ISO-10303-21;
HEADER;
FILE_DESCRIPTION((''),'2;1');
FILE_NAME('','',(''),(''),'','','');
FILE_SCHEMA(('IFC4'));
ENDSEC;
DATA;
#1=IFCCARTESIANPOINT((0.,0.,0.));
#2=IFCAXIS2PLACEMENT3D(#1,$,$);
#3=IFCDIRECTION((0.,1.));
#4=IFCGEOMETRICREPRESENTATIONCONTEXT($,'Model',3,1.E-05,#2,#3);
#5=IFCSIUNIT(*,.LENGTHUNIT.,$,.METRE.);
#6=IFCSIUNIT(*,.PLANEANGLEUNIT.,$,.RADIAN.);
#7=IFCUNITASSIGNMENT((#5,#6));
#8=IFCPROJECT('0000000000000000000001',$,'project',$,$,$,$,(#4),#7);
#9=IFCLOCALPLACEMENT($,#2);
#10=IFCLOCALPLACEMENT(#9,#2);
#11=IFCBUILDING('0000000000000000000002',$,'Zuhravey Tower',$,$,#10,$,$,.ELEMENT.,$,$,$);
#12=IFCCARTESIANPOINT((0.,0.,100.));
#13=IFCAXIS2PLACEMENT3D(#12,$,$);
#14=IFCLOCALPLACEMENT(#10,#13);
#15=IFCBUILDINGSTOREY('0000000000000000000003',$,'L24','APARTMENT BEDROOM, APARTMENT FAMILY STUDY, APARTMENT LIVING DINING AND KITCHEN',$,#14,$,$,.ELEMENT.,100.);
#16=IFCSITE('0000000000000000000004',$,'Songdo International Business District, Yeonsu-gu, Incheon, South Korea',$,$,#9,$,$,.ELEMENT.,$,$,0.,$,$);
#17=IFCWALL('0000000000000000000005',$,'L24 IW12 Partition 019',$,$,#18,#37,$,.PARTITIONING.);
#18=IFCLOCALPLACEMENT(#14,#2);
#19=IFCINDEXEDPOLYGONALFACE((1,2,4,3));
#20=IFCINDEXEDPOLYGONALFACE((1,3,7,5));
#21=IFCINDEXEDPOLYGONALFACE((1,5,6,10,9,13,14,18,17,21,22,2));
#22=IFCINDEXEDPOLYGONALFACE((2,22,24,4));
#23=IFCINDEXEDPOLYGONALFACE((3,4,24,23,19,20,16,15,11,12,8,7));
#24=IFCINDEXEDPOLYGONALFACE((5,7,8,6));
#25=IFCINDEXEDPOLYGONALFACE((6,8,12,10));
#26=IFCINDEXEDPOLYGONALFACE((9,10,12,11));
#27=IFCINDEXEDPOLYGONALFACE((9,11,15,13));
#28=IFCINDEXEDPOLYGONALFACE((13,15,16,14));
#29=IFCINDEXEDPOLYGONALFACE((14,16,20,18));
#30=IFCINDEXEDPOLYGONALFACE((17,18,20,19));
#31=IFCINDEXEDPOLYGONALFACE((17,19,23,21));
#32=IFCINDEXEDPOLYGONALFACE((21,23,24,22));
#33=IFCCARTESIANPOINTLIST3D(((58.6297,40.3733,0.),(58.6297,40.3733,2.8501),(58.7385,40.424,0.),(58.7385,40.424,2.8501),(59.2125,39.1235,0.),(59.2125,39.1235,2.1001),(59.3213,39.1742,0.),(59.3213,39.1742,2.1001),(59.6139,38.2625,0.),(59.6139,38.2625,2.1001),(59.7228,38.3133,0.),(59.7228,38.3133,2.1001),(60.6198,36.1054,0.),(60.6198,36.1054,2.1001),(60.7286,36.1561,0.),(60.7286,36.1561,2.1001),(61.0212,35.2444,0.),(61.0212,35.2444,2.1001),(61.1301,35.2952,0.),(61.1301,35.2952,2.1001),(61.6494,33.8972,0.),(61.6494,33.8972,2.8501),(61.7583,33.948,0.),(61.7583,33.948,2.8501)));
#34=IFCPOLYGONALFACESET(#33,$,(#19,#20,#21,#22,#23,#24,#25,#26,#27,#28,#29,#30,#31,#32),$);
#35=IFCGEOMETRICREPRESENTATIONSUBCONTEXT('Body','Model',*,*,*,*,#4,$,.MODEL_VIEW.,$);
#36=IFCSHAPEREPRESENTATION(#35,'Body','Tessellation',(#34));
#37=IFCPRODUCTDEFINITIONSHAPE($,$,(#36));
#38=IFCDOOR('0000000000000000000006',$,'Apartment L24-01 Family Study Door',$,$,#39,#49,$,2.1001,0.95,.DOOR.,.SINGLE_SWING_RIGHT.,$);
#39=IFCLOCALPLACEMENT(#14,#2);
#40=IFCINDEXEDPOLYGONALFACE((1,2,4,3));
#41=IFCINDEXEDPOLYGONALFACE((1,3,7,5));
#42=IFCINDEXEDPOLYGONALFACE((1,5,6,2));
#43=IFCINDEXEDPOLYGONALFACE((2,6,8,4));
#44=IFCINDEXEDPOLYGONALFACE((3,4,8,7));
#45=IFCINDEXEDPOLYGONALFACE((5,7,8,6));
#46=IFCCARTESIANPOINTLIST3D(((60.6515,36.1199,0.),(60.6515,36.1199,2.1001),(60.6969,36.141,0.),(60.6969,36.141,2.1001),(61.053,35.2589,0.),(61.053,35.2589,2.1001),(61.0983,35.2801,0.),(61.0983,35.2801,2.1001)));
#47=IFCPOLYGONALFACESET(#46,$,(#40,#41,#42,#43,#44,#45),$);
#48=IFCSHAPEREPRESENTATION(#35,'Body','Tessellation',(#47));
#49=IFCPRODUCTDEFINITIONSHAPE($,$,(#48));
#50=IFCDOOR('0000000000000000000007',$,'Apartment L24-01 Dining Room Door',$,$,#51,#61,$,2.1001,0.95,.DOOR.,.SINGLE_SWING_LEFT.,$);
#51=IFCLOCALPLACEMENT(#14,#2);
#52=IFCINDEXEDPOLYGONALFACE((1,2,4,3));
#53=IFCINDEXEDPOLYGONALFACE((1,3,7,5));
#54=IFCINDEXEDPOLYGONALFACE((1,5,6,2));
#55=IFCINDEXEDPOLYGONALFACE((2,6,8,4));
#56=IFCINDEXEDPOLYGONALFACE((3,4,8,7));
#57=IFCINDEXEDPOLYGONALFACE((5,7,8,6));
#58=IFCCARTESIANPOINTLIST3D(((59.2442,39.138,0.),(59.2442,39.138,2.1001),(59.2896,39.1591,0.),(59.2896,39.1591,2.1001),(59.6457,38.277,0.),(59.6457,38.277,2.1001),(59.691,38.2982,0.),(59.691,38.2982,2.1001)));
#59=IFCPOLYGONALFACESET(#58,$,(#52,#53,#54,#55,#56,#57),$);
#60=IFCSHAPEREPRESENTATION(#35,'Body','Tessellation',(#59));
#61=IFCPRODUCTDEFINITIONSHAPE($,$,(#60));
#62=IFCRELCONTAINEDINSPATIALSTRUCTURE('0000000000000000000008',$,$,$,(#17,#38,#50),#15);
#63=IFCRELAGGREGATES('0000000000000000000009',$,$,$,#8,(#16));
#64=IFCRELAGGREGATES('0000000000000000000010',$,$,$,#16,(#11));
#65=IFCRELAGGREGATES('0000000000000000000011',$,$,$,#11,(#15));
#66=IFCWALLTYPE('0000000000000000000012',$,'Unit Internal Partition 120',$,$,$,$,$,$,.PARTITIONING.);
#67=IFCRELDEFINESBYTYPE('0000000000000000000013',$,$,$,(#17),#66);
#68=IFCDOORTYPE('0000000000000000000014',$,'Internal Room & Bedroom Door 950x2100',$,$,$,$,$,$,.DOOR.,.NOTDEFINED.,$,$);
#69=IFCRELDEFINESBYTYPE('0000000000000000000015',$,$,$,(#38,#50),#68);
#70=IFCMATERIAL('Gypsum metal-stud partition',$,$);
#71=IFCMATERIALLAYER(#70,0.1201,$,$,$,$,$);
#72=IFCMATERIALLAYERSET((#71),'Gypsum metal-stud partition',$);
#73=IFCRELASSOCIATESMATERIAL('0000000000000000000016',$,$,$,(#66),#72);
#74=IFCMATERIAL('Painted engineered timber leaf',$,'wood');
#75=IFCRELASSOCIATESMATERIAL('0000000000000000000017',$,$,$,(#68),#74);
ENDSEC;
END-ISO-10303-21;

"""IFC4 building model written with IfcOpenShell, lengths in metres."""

from ifc_helpers import new_model, si_unit, direction, frame, frame_2d, origin, place, context, subcontext, project, spatial, rectangle, extrude, material, layer, layer_set, type_object, element, fill, save


model = new_model("IFC4")

# Units and contexts
model_context = context("Model", 3, precision=1e-05, world=origin(), true_north=direction((0.0, 1.0)))
body_context = subcontext(model_context, "Body", "Model", "MODEL_VIEW")
ifc_project = project(units=[si_unit("LENGTHUNIT", "METRE"), si_unit("PLANEANGLEUNIT", "RADIAN")], contexts=[model_context])

# Site, building, storey
site_placement = place(None, origin())
site = spatial("IfcSite", under=ifc_project, at=site_placement, Name="Songdo International Business District, Yeonsu-gu, Incheon, South Korea", CompositionType="ELEMENT", RefElevation=0.0)
building_placement = place(site_placement, origin())
building = spatial("IfcBuilding", under=site, at=building_placement, Name="Zuhravey Tower", CompositionType="ELEMENT")
storey_placement = place(building_placement, frame((0.0, 0.0, 100.0)))
storey = spatial("IfcBuildingStorey", under=building, at=storey_placement, Name="L24", Description="APARTMENT BEDROOM, APARTMENT FAMILY STUDY, APARTMENT LIVING DINING AND KITCHEN", CompositionType="ELEMENT", Elevation=100.0)

# Wall, openings, doors
ifc_material_1 = material(Name="Gypsum metal-stud partition")
ifc_layer_1 = layer(ifc_material_1, 0.1201)
ifc_layer_set_1 = layer_set([ifc_layer_1], Name="Gypsum metal-stud partition")
wall_type_1 = type_object("IfcWallType", Name="Unit Internal Partition 120", PredefinedType="PARTITIONING", material=ifc_layer_set_1)
wall_1_placement = place(storey_placement, frame((61.7039, 33.9226, 0.0), z_axis=(0.0, 0.0, 1.0), x_axis=(-0.42261, 0.906311, 0.0)))
wall_1 = element("IfcWall", 1, at=wall_1_placement, inside=storey, type_object=wall_type_1, Name="L24 IW12 Partition 019", PredefinedType="PARTITIONING", context=body_context, shape_type="SweptSolid", body=[
    extrude(rectangle(XDim=7.1455, YDim=0.1201, at=frame_2d((3.5728, 0.0))), origin(), (0.0, 0.0, 1.0), 2.8501),
])
opening_1_placement = place(wall_1_placement, frame((1.4863, 0.0, 0.0)))
opening_1 = element("IfcOpeningElement", 2, at=opening_1_placement, cuts=wall_1, PredefinedType="OPENING", context=body_context, shape_type="SweptSolid", body=[
    extrude(rectangle(XDim=0.95, YDim=2.1001, at=frame_2d((0.4751, 1.05))), frame((0.0, 0.072, 0.0), z_axis=(0.0, -1.0, 0.0), x_axis=(1.0, 0.0, 0.0)), (0.0, 0.0, 1.0), 0.144),
])
opening_2_placement = place(wall_1_placement, frame((4.8164, 0.0, 0.0)))
opening_2 = element("IfcOpeningElement", 3, at=opening_2_placement, cuts=wall_1, PredefinedType="OPENING", context=body_context, shape_type="SweptSolid", body=[
    extrude(rectangle(XDim=0.95, YDim=2.1001, at=frame_2d((0.4751, 1.05))), frame((0.0, 0.072, 0.0), z_axis=(0.0, -1.0, 0.0), x_axis=(1.0, 0.0, 0.0)), (0.0, 0.0, 1.0), 0.144),
])
ifc_material_2 = material(Name="Painted engineered timber leaf", Category="wood")
door_type_1 = type_object("IfcDoorType", Name="Internal Room & Bedroom Door 950x2100", OperationType="NOTDEFINED", PredefinedType="DOOR", material=ifc_material_2)
door_1_placement = place(opening_1_placement, frame((0.95, 0.0, 0.0), z_axis=(0.0, 0.0, 1.0), x_axis=(-1.0, 0.0, 0.0)))
door_1 = element("IfcDoor", 4, at=door_1_placement, inside=storey, type_object=door_type_1, Name="Apartment L24-01 Family Study Door", OperationType="SINGLE_SWING_RIGHT", OverallHeight=2.1001, OverallWidth=0.95, PredefinedType="DOOR", context=body_context, shape_type="SweptSolid", body=[
    extrude(rectangle(XDim=0.95, YDim=2.1001, at=frame_2d((0.4751, 1.05))), frame((0.0, 0.0249, 0.0), z_axis=(0.0, -1.0, 0.0), x_axis=(1.0, 0.0, 0.0)), (0.0, 0.0, 1.0), 0.05),
])
fill(opening_1, door_1)
door_2_placement = place(opening_2_placement, frame((0.95, 0.0, 0.0), z_axis=(0.0, 0.0, 1.0), x_axis=(-1.0, 0.0, 0.0)))
door_2 = element("IfcDoor", 5, at=door_2_placement, inside=storey, type_object=door_type_1, Name="Apartment L24-01 Dining Room Door", OperationType="SINGLE_SWING_LEFT", OverallHeight=2.1001, OverallWidth=0.95, PredefinedType="DOOR", context=body_context, shape_type="SweptSolid", body=[
    extrude(rectangle(XDim=0.95, YDim=2.1001, at=frame_2d((0.4751, 1.05))), frame((0.0, 0.0249, 0.0), z_axis=(0.0, -1.0, 0.0), x_axis=(1.0, 0.0, 0.0)), (0.0, 0.0, 1.0), 0.05),
])
fill(opening_2, door_2)

save(model, "model.ifc")
